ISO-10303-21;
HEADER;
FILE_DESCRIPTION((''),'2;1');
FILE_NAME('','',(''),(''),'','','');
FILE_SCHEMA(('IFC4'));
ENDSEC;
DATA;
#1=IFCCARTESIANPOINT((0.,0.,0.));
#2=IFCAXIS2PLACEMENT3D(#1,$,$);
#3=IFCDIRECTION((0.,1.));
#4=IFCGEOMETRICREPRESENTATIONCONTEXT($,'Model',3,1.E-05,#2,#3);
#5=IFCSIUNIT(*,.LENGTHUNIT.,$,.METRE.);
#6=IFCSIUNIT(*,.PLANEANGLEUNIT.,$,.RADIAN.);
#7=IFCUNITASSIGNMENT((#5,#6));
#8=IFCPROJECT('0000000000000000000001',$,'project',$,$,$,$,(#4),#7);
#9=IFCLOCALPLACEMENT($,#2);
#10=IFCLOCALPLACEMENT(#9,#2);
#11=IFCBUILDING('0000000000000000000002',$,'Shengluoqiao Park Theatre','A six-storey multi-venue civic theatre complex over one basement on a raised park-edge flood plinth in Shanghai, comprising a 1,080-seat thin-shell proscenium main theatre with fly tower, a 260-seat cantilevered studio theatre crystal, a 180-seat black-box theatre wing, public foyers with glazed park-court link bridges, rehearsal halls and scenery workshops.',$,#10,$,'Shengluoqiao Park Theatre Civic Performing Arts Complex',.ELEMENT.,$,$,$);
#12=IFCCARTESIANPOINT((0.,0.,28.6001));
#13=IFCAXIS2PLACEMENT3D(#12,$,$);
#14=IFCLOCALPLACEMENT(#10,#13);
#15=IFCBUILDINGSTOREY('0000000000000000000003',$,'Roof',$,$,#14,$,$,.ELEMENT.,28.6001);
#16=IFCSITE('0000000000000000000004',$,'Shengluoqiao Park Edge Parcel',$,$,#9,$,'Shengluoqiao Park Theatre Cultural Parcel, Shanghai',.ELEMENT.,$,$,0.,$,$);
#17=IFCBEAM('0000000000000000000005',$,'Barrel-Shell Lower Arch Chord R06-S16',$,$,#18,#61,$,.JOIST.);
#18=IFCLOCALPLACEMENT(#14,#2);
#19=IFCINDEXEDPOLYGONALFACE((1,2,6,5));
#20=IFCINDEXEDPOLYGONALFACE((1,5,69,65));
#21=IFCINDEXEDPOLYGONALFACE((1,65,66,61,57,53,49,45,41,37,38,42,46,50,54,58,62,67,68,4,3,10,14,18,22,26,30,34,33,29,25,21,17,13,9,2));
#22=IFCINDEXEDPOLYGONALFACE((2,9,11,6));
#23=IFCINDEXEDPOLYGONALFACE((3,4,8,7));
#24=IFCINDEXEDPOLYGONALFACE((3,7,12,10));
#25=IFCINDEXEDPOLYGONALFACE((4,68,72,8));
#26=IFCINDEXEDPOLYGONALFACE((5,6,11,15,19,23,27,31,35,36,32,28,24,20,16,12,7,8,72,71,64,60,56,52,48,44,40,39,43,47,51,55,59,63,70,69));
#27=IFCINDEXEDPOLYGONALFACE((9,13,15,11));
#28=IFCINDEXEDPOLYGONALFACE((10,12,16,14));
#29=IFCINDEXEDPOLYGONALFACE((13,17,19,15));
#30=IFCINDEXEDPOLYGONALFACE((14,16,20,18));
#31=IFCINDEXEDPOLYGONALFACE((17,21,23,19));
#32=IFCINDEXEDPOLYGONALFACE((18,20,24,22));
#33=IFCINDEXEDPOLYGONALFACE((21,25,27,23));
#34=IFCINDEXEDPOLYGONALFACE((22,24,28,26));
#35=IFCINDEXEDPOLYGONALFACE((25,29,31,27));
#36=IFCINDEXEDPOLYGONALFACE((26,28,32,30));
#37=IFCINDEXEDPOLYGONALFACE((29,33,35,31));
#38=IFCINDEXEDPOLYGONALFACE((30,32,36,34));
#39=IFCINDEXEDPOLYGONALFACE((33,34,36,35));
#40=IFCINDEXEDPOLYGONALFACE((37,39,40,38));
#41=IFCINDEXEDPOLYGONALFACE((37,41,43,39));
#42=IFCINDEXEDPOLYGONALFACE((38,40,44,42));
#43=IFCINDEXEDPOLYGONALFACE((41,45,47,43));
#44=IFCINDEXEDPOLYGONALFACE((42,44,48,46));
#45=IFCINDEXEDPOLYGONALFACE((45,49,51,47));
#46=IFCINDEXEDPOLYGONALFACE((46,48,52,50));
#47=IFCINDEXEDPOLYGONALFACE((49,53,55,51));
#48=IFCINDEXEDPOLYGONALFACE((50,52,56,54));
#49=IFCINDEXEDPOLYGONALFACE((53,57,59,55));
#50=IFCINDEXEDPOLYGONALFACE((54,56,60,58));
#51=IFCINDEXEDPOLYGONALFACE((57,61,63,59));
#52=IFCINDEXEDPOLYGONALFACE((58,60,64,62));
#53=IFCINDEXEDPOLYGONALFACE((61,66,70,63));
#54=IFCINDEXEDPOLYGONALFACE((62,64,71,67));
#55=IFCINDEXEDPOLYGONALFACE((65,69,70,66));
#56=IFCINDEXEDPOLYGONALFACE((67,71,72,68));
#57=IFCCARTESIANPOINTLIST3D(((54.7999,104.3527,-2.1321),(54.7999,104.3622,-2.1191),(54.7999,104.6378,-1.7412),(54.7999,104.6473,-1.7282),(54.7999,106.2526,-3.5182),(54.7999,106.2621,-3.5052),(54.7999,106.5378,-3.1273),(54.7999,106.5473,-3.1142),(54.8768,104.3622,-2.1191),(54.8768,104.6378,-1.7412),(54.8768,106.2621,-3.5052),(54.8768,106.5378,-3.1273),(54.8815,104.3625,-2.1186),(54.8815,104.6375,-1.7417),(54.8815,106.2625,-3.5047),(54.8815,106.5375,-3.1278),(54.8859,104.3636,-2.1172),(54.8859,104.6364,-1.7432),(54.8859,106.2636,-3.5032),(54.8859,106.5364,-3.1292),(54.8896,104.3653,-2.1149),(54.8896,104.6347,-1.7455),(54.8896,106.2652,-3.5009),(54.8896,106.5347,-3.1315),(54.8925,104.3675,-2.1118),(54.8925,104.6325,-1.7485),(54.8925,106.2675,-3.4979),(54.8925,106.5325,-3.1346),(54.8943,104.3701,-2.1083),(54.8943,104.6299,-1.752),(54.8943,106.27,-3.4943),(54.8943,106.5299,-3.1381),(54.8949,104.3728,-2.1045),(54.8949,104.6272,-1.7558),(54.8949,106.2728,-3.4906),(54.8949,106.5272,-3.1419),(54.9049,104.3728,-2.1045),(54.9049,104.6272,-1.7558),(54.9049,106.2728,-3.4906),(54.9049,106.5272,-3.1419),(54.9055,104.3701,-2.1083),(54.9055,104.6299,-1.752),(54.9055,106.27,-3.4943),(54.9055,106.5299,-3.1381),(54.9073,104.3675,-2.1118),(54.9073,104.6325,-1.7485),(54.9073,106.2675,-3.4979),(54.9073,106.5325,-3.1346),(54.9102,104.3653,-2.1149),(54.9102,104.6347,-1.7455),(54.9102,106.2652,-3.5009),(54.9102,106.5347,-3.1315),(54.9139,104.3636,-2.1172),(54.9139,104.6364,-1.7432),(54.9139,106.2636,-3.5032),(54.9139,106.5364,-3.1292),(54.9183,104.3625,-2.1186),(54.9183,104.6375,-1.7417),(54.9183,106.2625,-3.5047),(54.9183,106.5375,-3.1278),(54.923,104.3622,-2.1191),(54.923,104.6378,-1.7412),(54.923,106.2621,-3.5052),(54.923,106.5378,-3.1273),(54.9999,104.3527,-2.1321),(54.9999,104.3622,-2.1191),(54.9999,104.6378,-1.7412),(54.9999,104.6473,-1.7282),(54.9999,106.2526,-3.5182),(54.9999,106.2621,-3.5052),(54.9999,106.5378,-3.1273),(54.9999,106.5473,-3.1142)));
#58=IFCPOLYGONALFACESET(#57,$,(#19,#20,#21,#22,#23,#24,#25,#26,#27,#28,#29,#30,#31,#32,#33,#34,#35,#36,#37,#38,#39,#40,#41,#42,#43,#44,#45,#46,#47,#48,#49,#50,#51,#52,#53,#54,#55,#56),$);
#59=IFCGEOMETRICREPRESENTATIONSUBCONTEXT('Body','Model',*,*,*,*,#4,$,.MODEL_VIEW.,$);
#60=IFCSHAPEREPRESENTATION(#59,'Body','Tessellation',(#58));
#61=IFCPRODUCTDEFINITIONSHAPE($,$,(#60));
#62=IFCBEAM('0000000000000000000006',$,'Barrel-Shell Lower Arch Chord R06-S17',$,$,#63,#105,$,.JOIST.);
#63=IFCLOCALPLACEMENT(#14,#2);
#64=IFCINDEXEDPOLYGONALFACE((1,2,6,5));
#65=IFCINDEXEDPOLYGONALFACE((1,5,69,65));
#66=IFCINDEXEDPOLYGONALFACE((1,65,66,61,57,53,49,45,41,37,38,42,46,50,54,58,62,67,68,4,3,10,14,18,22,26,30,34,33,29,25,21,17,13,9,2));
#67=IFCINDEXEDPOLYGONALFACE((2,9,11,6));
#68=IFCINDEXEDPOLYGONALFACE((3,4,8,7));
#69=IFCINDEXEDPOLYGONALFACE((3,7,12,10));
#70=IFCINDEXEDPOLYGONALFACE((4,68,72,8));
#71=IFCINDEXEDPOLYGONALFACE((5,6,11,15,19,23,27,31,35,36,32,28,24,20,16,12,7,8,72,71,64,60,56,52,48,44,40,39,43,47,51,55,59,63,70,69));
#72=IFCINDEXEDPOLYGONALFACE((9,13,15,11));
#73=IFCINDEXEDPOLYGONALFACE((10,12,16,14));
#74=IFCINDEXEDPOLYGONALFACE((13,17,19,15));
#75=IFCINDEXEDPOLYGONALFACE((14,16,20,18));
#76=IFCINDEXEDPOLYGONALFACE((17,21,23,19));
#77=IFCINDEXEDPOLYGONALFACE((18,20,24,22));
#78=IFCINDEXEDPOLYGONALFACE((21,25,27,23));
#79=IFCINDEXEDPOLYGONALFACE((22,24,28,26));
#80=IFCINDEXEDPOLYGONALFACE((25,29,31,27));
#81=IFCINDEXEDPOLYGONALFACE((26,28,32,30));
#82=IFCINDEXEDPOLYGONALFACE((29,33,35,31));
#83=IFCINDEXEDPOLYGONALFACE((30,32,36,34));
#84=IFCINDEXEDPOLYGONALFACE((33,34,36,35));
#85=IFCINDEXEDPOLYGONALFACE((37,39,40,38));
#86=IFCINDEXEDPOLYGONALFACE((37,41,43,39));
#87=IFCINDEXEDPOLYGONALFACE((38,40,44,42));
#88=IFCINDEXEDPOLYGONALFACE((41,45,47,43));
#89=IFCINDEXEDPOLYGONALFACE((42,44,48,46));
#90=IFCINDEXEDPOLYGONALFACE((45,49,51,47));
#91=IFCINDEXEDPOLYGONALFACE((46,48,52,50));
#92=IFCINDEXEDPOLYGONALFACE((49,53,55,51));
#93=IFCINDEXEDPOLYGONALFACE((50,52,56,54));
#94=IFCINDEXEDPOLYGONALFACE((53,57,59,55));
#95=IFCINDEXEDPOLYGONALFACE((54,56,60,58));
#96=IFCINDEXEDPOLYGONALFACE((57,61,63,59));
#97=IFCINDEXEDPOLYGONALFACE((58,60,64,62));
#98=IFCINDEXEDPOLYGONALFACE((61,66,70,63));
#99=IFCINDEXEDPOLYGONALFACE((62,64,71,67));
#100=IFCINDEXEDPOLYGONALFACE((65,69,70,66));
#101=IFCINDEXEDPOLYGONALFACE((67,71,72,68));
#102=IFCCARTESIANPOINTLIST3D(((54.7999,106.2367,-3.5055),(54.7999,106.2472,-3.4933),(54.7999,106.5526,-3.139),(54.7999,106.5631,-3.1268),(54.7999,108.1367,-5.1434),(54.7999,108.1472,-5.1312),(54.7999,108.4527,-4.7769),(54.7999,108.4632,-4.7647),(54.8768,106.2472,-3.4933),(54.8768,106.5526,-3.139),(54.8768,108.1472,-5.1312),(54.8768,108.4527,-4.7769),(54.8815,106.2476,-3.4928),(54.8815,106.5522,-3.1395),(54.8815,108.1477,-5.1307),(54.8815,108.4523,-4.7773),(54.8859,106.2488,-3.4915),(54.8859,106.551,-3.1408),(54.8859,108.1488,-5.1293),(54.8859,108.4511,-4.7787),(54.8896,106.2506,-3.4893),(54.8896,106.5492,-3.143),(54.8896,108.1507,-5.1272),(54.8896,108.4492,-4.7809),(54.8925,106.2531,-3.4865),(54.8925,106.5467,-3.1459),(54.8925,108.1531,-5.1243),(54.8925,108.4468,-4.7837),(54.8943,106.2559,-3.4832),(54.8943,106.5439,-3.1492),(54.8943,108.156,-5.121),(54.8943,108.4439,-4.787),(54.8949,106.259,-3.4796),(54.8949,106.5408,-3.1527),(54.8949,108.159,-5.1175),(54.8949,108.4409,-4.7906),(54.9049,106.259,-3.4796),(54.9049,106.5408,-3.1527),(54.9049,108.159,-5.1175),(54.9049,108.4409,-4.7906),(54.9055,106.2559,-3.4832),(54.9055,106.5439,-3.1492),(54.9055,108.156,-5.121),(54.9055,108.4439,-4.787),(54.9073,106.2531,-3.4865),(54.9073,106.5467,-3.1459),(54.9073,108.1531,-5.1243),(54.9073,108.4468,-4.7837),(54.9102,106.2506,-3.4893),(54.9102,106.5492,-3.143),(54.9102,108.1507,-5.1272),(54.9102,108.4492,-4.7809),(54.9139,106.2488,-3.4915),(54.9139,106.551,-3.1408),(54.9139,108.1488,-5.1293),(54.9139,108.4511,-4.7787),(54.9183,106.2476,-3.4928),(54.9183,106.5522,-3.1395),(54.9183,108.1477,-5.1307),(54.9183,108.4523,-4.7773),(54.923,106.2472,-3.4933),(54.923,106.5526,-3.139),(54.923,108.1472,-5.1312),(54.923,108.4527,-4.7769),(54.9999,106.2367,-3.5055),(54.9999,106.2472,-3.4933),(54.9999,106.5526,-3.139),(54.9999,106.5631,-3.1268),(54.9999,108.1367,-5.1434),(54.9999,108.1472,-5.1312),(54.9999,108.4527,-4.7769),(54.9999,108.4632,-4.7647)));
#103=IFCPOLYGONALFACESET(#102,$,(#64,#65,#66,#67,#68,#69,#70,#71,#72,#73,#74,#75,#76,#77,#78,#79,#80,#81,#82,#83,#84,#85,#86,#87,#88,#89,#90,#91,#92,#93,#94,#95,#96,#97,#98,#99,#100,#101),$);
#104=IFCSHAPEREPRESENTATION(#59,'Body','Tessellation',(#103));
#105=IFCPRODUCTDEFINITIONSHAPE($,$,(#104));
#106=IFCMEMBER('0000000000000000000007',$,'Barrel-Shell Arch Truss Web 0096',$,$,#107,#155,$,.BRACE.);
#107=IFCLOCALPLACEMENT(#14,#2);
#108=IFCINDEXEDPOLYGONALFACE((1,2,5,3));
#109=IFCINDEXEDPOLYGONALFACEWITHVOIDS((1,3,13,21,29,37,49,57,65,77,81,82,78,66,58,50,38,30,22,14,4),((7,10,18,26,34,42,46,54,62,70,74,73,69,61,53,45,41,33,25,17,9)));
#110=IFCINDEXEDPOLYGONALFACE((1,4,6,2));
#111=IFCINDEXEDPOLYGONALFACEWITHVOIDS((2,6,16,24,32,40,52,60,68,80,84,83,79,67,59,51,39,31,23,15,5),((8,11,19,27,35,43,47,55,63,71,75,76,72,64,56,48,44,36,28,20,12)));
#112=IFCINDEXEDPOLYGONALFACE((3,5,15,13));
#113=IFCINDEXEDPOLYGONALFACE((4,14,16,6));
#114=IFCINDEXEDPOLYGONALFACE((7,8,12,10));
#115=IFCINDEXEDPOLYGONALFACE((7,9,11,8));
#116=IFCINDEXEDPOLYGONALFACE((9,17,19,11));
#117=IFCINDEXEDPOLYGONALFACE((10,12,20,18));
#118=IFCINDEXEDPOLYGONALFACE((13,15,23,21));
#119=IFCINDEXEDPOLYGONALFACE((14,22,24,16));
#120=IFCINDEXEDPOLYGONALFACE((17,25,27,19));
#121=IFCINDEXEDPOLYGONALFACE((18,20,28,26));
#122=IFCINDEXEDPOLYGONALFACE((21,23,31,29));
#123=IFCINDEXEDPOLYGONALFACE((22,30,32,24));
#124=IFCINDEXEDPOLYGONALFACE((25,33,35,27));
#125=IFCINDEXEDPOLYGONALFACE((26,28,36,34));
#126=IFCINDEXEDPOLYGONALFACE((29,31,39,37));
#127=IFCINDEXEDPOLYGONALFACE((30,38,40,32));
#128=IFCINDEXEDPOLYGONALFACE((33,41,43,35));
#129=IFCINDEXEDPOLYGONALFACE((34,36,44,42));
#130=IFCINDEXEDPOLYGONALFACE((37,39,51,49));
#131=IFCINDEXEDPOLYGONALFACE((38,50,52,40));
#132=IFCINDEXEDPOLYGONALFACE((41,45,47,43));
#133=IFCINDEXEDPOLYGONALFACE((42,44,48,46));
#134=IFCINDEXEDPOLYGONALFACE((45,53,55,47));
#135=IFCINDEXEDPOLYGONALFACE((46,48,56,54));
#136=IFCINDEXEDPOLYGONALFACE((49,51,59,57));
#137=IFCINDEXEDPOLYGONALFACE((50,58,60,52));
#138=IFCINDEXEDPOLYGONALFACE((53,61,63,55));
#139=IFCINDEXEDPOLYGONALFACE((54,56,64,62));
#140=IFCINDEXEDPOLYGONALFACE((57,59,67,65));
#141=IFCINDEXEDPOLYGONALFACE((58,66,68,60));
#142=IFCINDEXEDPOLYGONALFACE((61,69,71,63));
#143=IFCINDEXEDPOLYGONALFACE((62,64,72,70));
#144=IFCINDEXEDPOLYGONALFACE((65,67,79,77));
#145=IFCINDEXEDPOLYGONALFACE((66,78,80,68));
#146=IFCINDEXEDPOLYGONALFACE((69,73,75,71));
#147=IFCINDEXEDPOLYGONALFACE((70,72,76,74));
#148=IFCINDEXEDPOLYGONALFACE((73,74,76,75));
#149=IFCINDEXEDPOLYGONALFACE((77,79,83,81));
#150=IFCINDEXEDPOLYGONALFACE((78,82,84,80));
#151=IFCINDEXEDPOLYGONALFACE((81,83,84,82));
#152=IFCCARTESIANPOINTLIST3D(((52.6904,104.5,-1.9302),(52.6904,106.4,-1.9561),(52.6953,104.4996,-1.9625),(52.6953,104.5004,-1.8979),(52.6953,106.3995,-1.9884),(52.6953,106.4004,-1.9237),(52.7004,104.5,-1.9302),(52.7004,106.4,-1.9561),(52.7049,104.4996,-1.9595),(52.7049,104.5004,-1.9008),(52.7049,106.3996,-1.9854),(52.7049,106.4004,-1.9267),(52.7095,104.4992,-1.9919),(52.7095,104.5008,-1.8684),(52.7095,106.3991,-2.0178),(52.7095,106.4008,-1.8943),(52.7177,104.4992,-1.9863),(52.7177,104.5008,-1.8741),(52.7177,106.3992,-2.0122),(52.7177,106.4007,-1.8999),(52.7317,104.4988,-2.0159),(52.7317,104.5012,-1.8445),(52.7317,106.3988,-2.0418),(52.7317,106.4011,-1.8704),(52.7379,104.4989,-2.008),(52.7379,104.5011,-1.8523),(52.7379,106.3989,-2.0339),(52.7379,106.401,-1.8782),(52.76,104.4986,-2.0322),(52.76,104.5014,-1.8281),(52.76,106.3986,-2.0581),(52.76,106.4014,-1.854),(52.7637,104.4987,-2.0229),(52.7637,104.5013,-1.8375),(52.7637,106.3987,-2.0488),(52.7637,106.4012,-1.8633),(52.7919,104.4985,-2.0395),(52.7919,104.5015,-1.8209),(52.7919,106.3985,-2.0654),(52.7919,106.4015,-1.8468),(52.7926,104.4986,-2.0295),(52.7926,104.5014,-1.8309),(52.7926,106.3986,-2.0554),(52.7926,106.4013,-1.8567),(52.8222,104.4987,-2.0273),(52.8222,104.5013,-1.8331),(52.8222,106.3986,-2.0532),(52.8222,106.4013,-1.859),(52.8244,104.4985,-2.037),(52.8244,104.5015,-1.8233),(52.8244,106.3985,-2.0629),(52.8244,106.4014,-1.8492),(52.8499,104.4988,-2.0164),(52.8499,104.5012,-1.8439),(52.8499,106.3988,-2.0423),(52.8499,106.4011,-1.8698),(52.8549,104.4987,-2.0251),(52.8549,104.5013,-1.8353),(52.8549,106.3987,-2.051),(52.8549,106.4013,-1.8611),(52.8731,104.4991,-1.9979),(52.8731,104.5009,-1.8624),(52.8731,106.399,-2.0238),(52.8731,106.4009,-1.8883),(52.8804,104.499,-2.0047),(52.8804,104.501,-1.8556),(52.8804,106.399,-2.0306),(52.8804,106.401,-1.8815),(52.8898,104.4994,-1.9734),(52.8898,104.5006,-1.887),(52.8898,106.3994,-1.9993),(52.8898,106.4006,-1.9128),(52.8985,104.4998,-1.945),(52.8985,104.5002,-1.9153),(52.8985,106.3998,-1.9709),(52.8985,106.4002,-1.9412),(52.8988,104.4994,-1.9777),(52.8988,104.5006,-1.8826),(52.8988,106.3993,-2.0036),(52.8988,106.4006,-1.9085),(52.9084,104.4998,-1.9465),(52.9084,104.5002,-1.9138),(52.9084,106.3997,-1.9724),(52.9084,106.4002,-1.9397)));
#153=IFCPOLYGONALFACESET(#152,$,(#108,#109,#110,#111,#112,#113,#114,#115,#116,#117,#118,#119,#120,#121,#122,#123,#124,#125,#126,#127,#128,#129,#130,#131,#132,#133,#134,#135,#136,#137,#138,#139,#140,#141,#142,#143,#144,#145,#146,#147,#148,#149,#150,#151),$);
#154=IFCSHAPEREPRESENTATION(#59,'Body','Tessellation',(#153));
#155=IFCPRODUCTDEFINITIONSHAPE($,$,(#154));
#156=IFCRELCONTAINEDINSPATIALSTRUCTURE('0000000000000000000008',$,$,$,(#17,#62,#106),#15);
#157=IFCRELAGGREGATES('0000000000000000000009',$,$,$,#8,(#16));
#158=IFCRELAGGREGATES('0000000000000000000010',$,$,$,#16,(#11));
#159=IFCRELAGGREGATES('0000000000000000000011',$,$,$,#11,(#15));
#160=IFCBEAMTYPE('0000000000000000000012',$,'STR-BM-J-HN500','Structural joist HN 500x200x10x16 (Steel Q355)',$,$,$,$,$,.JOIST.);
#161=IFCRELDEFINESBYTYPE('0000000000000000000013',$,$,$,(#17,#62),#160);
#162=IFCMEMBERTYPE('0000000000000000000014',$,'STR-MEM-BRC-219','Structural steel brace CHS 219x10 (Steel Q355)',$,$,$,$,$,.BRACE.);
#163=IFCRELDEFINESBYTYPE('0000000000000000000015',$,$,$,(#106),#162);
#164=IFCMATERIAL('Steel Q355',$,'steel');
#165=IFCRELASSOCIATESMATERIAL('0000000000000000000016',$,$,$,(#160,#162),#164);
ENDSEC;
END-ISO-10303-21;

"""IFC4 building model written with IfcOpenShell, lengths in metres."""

from ifc_helpers import new_model, si_unit, direction, frame, origin, origin_2d, place, context, subcontext, project, spatial, hollow_circle, i_section, extrude, material, material_profile, profile_set, type_object, element, save


model = new_model("IFC4")

# Units and contexts
model_context = context("Model", 3, precision=1e-05, world=origin(), true_north=direction((0.0, 1.0)))
body_context = subcontext(model_context, "Body", "Model", "MODEL_VIEW")
ifc_project = project(units=[si_unit("LENGTHUNIT", "METRE"), si_unit("PLANEANGLEUNIT", "RADIAN")], contexts=[model_context])

# Site, building, storey
site_placement = place(None, origin())
site = spatial("IfcSite", under=ifc_project, at=site_placement, Name="Shengluoqiao Park Edge Parcel", LongName="Shengluoqiao Park Theatre Cultural Parcel, Shanghai", CompositionType="ELEMENT", RefElevation=0.0)
building_placement = place(site_placement, origin())
building = spatial("IfcBuilding", under=site, at=building_placement, Name="Shengluoqiao Park Theatre", Description="A six-storey multi-venue civic theatre complex over one basement on a raised park-edge flood plinth in Shanghai, comprising a 1,080-seat thin-shell proscenium main theatre with fly tower, a 260-seat cantilevered studio theatre crystal, a 180-seat black-box theatre wing, public foyers with glazed park-court link bridges, rehearsal halls and scenery workshops.", LongName="Shengluoqiao Park Theatre Civic Performing Arts Complex", CompositionType="ELEMENT")
storey_placement = place(building_placement, frame((0.0, 0.0, 28.6001)))
storey = spatial("IfcBuildingStorey", under=building, at=storey_placement, Name="Roof", CompositionType="ELEMENT", Elevation=28.6001)

# Beams
ifc_material_1 = material(Name="Steel Q355", Category="steel")
ifc_material_profile_1 = material_profile(ifc_material_1, i_section(OverallWidth=0.2, OverallDepth=0.5, WebThickness=0.01, FlangeThickness=0.0161, FilletRadius=0.0181, at=origin_2d()), Name="HN 500x200x10x16")
ifc_profile_set_1 = profile_set([ifc_material_profile_1], Name="Steel Q355")
beam_type_1 = type_object("IfcBeamType", Name="STR-BM-J-HN500", Description="Structural joist HN 500x200x10x16 (Steel Q355)", PredefinedType="JOIST", material=ifc_profile_set_1)
beam_1_placement = place(storey_placement, frame((54.8999, 104.5, -1.9302), z_axis=(0.0, 0.807878, -0.58935), x_axis=(-1.0, 0.0, 0.0)))
element("IfcBeam", 1, at=beam_1_placement, inside=storey, type_object=beam_type_1, Name="Barrel-Shell Lower Arch Chord R06-S16", PredefinedType="JOIST", context=body_context, shape_type="SweptSolid", body=[
    extrude(i_section(OverallWidth=0.2, OverallDepth=0.5, WebThickness=0.01, FlangeThickness=0.0161, FilletRadius=0.0181, at=origin_2d()), origin(), (0.0, 0.0, 1.0), 2.3518),
])
beam_2_placement = place(storey_placement, frame((54.8999, 106.3999, -3.3162), z_axis=(0.0, 0.757433, -0.652913), x_axis=(-1.0, 0.0, 0.0)))
element("IfcBeam", 2, at=beam_2_placement, inside=storey, type_object=beam_type_1, Name="Barrel-Shell Lower Arch Chord R06-S17", PredefinedType="JOIST", context=body_context, shape_type="SweptSolid", body=[
    extrude(i_section(OverallWidth=0.2, OverallDepth=0.5, WebThickness=0.01, FlangeThickness=0.0161, FilletRadius=0.0181, at=origin_2d()), origin(), (0.0, 0.0, 1.0), 2.5085),
])

# Member
ifc_material_profile_2 = material_profile(ifc_material_1, hollow_circle(Radius=0.1096, WallThickness=0.01, at=origin_2d()), Name="CHS 219x10")
ifc_profile_set_2 = profile_set([ifc_material_profile_2], Name="Steel Q355")
member_type_1 = type_object("IfcMemberType", Name="STR-MEM-BRC-219", Description="Structural steel brace CHS 219x10 (Steel Q355)", PredefinedType="BRACE", material=ifc_profile_set_2)
for number, where, z_axis, x_axis, name in (
    (3, (52.8, 104.5, -1.9302), (0.0, 0.999907, -0.01362), (-1.0, 0.0, 0.0), "Barrel-Shell Arch Truss Web 0096"),
):
    element("IfcMember", number, at=place(storey_placement, frame(where, z_axis=z_axis, x_axis=x_axis)), inside=storey, type_object=member_type_1, Name=name, PredefinedType="BRACE", context=body_context, shape_type="SweptSolid", body=[
        extrude(hollow_circle(Radius=0.1096, WallThickness=0.01, at=origin_2d()), origin(), (0.0, 0.0, 1.0), 1.9001),
    ])

save(model, "model.ifc")
